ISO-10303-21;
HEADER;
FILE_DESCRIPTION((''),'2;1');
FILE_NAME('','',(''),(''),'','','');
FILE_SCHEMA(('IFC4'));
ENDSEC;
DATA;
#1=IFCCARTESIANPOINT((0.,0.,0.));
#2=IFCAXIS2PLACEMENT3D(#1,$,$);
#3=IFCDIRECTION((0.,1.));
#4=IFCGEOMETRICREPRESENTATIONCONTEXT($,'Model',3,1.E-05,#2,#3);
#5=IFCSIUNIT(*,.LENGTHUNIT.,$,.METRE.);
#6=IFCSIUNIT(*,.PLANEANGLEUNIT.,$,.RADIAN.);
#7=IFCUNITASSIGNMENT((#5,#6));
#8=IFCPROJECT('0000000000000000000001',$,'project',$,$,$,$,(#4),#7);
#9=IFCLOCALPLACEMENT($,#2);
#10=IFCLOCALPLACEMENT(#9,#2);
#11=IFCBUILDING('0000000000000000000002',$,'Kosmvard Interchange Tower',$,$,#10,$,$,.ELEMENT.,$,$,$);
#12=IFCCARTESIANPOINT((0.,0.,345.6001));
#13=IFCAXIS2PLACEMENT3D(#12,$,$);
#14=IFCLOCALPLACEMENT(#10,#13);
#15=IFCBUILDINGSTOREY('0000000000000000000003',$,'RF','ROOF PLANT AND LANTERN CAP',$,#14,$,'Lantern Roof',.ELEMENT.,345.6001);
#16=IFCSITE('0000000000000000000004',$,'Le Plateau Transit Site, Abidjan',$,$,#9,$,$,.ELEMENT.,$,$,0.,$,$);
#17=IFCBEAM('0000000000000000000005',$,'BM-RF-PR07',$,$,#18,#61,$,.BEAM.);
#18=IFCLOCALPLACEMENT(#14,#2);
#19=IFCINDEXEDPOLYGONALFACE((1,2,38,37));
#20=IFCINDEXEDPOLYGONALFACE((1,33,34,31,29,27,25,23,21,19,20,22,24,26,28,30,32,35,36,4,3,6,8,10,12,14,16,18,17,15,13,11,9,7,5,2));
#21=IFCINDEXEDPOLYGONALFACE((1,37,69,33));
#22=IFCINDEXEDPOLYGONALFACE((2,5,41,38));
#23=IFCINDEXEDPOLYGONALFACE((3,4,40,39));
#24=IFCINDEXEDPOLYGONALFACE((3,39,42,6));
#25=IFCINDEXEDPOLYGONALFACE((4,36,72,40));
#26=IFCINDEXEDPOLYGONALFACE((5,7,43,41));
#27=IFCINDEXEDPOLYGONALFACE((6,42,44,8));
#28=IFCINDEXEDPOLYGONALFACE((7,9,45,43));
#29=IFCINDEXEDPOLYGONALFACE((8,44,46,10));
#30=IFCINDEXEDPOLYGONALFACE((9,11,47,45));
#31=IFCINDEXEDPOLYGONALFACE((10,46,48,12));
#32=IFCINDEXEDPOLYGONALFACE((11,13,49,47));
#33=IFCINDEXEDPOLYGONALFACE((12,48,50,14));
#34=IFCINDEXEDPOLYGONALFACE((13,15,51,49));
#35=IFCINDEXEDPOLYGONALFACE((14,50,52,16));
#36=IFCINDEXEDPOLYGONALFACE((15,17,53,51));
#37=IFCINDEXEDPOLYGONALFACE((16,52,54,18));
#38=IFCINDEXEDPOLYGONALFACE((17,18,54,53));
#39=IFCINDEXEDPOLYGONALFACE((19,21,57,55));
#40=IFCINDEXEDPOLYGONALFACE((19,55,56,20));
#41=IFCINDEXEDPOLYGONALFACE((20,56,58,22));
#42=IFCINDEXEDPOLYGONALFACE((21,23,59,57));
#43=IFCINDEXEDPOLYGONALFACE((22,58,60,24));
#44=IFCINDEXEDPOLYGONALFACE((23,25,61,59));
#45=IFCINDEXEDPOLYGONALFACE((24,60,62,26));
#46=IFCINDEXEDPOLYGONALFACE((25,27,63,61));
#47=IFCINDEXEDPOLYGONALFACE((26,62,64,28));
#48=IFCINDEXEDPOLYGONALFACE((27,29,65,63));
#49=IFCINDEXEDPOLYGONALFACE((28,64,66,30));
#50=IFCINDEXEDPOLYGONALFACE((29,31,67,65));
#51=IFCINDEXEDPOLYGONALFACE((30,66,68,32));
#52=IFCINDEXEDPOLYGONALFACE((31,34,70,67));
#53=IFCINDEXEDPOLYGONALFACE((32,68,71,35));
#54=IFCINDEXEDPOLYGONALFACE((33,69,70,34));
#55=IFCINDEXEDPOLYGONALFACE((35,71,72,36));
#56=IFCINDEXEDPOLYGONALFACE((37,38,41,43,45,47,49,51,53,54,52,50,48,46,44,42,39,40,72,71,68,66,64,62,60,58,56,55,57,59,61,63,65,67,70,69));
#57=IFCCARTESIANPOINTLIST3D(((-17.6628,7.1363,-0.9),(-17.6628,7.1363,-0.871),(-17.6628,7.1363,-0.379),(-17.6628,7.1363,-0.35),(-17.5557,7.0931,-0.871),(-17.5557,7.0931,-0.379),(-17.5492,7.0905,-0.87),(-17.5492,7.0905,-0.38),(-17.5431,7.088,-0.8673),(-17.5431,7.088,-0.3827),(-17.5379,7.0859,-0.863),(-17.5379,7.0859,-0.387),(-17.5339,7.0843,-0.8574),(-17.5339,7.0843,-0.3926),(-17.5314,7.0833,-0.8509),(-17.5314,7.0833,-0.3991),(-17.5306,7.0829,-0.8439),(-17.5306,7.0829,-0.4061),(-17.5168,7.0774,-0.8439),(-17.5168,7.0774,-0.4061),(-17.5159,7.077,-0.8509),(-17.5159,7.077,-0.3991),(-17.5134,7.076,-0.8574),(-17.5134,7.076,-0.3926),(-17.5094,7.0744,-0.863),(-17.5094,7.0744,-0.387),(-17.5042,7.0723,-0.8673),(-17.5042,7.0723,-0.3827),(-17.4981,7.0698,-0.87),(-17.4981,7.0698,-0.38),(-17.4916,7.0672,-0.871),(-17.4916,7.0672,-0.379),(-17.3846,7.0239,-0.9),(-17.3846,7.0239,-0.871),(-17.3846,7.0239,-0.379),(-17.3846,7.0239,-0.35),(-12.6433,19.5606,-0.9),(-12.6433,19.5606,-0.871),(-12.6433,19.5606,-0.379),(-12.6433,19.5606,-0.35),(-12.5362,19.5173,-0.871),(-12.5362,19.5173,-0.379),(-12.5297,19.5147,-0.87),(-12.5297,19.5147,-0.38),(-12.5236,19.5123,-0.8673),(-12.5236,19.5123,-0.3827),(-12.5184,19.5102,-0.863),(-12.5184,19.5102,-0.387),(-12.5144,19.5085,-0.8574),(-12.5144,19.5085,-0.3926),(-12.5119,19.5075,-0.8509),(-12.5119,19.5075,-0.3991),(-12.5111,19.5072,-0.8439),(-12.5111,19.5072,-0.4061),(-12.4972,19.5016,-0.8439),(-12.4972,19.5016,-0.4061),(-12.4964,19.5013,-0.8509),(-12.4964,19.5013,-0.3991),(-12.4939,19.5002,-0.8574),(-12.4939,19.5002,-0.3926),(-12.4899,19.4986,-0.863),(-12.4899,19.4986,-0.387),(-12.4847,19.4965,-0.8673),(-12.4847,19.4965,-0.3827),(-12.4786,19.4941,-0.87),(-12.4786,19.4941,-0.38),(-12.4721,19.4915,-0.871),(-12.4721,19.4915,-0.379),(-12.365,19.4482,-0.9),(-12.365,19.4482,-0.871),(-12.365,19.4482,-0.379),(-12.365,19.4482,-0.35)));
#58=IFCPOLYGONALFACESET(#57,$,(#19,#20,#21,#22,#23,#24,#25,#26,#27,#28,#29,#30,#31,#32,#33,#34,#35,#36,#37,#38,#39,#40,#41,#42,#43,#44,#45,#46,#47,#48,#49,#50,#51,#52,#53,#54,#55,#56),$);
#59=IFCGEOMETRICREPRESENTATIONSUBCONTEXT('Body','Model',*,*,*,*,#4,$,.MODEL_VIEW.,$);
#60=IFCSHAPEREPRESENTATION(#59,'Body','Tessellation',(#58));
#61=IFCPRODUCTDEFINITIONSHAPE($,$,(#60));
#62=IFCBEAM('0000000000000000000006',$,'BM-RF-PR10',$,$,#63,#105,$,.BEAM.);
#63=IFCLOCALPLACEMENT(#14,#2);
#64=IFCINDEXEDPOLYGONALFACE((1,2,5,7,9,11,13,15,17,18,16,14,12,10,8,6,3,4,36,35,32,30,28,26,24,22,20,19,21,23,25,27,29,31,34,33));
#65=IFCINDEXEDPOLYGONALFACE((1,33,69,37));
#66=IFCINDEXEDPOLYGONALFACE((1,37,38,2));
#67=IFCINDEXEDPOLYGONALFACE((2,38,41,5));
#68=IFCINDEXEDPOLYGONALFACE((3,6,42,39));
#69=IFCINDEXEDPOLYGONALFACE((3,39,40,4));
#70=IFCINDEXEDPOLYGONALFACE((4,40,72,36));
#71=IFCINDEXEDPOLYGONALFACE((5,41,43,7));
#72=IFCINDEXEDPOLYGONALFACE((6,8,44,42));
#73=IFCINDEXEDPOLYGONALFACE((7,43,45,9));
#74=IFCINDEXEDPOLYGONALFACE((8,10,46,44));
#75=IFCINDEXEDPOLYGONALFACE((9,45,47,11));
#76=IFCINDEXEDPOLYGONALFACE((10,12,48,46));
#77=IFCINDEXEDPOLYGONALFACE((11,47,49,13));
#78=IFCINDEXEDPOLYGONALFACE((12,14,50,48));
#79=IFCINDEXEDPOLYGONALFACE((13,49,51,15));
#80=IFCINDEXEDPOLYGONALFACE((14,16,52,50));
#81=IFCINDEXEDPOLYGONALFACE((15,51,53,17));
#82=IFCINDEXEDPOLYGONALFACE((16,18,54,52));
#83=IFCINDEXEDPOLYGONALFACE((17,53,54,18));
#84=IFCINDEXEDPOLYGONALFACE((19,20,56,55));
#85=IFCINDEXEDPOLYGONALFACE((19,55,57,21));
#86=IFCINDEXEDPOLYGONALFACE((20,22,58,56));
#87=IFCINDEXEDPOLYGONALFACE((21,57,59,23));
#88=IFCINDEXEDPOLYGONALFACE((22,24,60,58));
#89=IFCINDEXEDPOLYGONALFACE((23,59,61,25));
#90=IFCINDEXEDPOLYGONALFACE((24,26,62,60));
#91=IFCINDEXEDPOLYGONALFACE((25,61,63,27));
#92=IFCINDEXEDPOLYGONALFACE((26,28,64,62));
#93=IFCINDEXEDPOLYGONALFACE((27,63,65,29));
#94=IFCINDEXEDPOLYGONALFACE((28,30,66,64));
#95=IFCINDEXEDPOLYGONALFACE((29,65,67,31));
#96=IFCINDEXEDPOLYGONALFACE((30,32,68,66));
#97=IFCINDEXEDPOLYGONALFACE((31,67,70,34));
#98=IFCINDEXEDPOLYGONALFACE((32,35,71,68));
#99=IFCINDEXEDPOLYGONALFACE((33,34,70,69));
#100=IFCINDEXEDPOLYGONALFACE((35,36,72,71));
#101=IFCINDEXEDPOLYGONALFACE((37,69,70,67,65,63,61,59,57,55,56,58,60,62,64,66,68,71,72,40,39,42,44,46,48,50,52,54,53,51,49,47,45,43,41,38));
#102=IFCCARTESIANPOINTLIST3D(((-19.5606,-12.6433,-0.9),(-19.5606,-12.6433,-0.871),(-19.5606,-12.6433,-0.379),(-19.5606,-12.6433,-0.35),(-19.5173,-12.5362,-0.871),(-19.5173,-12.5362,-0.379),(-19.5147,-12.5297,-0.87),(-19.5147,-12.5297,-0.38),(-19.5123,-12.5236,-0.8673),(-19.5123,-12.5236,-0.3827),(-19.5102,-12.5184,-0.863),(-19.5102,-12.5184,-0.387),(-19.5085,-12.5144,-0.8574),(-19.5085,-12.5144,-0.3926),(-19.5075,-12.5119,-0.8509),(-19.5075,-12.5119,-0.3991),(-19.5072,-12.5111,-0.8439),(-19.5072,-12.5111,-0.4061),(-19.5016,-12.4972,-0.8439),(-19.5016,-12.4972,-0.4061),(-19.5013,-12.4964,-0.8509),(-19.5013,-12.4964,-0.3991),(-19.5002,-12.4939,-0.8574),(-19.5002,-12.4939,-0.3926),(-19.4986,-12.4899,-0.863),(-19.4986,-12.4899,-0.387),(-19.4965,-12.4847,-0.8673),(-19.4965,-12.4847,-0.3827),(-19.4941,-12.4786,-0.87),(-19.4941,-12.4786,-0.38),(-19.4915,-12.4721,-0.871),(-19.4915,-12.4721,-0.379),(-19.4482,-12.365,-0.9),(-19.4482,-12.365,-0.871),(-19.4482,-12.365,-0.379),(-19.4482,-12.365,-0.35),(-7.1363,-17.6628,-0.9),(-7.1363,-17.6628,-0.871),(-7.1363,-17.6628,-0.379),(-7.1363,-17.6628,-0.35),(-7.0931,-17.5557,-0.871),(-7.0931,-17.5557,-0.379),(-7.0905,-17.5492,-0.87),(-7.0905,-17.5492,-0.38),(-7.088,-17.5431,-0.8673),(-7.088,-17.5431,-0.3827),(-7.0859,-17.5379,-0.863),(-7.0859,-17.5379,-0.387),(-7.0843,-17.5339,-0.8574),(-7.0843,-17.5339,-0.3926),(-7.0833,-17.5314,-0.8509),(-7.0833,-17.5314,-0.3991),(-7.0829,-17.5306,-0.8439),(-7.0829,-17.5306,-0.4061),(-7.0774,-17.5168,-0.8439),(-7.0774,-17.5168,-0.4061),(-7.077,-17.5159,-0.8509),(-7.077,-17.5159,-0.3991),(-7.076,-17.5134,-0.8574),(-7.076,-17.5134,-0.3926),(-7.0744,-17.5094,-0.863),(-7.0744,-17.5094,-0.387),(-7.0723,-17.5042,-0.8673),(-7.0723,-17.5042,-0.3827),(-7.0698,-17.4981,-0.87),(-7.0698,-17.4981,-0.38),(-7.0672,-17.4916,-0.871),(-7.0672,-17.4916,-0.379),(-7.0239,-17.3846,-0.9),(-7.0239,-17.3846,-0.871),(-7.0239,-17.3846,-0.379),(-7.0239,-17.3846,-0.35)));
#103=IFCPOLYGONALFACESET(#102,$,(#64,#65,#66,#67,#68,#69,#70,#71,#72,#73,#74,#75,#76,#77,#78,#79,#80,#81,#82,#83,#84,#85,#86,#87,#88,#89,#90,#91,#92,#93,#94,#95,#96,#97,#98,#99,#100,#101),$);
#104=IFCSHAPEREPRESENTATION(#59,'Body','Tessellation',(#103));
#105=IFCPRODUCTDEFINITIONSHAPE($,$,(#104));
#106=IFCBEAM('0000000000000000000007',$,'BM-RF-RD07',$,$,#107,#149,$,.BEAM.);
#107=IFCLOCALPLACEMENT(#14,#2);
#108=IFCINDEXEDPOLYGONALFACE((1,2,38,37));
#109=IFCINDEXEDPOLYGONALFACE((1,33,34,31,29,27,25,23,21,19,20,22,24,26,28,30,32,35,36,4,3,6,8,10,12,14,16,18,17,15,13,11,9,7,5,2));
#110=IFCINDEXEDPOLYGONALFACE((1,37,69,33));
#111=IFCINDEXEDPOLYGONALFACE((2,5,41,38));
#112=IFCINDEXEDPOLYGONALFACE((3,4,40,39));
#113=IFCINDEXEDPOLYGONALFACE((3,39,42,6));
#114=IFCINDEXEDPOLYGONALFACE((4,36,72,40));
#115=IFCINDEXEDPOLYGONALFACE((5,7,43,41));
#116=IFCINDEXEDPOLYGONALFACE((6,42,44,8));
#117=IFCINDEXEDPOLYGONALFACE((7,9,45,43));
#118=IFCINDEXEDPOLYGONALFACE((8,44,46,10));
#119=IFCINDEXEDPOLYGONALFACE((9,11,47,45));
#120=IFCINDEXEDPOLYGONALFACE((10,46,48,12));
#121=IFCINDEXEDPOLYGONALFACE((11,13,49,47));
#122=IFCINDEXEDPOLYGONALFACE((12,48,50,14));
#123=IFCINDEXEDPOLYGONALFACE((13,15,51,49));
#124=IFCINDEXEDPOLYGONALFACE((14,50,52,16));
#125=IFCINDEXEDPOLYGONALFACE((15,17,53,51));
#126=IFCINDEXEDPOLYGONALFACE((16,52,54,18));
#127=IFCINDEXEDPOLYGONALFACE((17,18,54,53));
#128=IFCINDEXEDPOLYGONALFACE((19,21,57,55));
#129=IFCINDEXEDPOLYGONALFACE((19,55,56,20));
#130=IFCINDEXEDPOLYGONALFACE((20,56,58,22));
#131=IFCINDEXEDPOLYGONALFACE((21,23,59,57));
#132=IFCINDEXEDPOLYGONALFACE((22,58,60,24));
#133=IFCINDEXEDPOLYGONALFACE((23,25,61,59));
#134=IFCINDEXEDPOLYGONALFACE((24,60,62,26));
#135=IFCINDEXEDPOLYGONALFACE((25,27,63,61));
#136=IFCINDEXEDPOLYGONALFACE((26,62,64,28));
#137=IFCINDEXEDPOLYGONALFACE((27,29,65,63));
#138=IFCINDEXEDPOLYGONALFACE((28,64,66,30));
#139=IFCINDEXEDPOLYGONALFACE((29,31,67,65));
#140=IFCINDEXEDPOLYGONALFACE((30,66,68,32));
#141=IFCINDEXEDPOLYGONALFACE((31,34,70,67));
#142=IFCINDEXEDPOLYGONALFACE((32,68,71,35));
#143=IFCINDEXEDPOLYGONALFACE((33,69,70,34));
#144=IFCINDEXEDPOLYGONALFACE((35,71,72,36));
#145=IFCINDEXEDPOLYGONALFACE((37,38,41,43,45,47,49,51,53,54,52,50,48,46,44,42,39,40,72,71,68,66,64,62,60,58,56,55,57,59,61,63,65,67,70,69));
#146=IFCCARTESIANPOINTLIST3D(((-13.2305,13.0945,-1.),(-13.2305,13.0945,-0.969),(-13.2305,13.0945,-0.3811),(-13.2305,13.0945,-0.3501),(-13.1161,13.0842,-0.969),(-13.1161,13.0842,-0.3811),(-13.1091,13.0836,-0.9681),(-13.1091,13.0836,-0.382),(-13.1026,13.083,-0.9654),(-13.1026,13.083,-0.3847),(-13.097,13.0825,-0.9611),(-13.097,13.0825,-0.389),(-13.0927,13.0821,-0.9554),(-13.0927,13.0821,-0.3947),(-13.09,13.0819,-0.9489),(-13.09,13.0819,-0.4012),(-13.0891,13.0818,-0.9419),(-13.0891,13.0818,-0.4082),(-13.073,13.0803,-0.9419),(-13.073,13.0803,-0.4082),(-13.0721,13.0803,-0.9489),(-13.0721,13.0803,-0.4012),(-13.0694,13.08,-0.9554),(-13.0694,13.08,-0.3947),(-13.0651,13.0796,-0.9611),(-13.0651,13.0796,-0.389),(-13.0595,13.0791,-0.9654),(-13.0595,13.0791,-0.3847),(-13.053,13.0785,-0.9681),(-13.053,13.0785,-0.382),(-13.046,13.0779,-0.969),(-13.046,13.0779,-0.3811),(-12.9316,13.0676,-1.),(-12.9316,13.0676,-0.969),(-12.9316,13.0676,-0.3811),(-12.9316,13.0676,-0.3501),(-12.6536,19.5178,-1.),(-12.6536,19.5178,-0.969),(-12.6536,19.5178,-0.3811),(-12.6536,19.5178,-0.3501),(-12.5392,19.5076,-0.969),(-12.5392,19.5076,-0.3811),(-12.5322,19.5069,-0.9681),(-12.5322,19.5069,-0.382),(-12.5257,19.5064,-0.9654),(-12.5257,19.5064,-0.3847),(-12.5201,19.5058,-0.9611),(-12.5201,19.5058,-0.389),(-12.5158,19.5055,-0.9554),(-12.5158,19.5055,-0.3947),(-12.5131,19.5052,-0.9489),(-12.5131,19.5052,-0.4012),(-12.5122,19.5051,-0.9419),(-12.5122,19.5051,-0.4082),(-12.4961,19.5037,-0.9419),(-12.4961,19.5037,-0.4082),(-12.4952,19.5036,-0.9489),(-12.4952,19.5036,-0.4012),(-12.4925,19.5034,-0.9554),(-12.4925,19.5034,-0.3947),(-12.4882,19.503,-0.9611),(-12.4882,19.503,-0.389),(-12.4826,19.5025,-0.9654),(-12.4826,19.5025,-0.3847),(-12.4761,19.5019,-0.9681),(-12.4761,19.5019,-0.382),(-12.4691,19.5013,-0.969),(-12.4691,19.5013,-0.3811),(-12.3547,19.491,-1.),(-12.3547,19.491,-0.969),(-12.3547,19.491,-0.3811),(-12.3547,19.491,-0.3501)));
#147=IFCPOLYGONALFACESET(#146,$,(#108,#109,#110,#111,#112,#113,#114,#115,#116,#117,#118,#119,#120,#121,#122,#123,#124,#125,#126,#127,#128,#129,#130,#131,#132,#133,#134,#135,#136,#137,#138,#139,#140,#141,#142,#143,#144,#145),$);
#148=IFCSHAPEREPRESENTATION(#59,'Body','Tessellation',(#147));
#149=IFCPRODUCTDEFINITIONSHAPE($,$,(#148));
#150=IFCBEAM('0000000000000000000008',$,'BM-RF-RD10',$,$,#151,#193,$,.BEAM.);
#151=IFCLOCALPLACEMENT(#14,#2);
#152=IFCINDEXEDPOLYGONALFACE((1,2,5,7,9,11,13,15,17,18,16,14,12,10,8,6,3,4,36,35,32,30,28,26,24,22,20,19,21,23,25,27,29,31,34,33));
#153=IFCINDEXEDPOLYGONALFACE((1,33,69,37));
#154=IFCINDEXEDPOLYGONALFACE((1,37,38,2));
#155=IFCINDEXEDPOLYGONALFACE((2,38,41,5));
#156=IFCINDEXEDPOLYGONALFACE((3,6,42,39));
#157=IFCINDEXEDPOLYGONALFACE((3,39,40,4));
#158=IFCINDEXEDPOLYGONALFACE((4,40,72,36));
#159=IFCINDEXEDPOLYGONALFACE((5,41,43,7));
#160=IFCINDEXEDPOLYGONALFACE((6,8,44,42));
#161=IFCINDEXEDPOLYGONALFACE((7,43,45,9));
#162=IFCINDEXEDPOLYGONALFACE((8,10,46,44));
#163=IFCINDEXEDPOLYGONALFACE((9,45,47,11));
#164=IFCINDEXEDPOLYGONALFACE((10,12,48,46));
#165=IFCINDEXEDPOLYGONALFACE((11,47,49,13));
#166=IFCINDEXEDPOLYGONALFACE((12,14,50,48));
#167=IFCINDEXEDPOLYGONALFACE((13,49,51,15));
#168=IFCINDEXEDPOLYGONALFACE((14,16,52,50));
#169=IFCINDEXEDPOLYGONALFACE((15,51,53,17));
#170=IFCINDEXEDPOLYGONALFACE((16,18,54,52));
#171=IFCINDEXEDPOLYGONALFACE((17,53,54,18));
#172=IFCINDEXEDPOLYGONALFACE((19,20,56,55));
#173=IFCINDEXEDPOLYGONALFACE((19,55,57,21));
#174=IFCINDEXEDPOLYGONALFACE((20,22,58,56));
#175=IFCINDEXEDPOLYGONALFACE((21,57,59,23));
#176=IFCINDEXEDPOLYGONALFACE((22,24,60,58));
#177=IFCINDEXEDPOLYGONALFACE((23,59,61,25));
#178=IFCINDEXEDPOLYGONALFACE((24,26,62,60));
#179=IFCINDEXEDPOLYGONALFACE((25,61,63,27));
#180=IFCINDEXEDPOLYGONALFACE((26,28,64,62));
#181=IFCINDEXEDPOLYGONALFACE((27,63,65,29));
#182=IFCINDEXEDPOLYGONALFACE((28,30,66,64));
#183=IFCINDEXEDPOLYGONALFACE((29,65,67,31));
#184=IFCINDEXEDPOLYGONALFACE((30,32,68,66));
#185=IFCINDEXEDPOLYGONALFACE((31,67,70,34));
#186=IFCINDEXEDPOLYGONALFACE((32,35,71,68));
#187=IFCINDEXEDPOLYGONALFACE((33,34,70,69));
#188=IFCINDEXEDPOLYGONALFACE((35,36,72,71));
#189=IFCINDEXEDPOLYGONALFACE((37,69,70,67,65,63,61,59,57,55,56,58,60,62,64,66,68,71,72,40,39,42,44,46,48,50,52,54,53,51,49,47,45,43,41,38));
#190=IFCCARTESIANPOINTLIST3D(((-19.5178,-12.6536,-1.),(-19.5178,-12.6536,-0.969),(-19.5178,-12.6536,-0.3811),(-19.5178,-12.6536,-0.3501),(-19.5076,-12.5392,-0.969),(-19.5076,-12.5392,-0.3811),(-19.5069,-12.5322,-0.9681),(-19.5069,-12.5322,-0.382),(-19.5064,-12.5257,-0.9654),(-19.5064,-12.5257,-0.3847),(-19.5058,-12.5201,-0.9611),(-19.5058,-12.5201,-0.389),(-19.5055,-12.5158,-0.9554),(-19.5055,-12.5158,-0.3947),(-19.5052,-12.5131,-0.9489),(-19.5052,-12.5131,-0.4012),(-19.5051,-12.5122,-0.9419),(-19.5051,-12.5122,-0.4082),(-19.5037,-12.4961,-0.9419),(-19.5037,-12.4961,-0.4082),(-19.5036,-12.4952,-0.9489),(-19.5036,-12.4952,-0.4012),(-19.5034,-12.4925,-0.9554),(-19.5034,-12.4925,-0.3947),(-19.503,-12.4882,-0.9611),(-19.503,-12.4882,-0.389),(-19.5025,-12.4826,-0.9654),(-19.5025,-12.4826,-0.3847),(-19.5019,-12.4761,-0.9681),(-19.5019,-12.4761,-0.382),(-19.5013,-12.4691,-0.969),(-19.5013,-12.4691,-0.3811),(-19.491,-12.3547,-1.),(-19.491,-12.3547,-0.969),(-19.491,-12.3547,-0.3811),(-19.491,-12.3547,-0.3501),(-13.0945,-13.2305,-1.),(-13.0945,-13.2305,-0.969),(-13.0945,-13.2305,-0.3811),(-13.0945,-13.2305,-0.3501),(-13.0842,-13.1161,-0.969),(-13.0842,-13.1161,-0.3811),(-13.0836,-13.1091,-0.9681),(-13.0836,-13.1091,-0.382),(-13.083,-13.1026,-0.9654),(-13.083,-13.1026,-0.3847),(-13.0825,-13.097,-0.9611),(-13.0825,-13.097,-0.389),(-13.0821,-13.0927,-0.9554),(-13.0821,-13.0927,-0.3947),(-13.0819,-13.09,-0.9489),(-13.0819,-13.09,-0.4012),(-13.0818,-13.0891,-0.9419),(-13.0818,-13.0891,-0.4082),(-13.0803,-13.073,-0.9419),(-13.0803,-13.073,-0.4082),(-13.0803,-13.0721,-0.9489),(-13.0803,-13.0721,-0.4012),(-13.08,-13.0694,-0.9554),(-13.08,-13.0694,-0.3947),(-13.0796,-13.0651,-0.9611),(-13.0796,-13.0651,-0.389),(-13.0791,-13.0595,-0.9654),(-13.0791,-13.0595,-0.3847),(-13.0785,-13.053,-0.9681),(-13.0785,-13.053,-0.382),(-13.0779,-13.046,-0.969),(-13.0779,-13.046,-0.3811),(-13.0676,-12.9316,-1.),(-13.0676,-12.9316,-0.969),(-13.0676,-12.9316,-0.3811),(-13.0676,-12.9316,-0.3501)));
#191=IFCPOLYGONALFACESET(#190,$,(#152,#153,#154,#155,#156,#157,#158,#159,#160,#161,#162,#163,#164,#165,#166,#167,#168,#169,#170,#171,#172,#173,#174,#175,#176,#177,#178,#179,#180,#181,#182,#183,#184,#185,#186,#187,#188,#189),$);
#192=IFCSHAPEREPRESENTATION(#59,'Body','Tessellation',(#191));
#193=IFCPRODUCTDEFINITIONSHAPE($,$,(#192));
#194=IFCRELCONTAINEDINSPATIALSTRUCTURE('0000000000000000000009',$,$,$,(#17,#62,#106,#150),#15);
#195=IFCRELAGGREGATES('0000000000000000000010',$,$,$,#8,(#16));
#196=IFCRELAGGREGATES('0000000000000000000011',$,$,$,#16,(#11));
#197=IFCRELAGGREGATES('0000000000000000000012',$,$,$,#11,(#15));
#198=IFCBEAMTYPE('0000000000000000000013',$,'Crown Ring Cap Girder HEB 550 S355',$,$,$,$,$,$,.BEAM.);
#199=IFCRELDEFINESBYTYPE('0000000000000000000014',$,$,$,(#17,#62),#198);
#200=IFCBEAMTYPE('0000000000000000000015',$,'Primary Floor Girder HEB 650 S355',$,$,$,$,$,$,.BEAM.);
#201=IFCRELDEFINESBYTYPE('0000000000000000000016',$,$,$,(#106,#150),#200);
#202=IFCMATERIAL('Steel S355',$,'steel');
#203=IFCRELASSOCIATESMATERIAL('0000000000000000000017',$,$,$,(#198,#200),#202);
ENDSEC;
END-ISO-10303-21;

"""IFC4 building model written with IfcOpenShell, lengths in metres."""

from ifc_helpers import new_model, si_unit, direction, frame, origin, origin_2d, place, context, subcontext, project, spatial, i_section, extrude, source, transform, mapped, material, material_profile, profile_set, type_object, element, save


model = new_model("IFC4")

# Units and contexts
model_context = context("Model", 3, precision=1e-05, world=origin(), true_north=direction((0.0, 1.0)))
body_context = subcontext(model_context, "Body", "Model", "MODEL_VIEW")
ifc_project = project(units=[si_unit("LENGTHUNIT", "METRE"), si_unit("PLANEANGLEUNIT", "RADIAN")], contexts=[model_context])

# Site, building, storey
site_placement = place(None, origin())
site = spatial("IfcSite", under=ifc_project, at=site_placement, Name="Le Plateau Transit Site, Abidjan", CompositionType="ELEMENT", RefElevation=0.0)
building_placement = place(site_placement, origin())
building = spatial("IfcBuilding", under=site, at=building_placement, Name="Kosmvard Interchange Tower", CompositionType="ELEMENT")
storey_placement = place(building_placement, frame((0.0, 0.0, 345.6001)))
storey = spatial("IfcBuildingStorey", under=building, at=storey_placement, Name="RF", Description="ROOF PLANT AND LANTERN CAP", LongName="Lantern Roof", CompositionType="ELEMENT", Elevation=345.6001)

# Beams
ifc_material_1 = material(Name="Steel S355", Category="steel")
ifc_material_profile_1 = material_profile(ifc_material_1, i_section(OverallWidth=0.3, OverallDepth=0.55, WebThickness=0.0149, FlangeThickness=0.0291, FilletRadius=0.0271, at=origin_2d()), Name="HEB 550")
ifc_profile_set_1 = profile_set([ifc_material_profile_1], Name="Steel S355")
beam_type_1 = type_object("IfcBeamType", Name="Crown Ring Cap Girder HEB 550 S355", PredefinedType="BEAM", material=ifc_profile_set_1)
shared_shape_1 = source(origin(), body_context, "Body", "SweptSolid", [
    extrude(i_section(OverallWidth=0.3, OverallDepth=0.55, WebThickness=0.0149, FlangeThickness=0.0291, FilletRadius=0.0271, at=origin_2d()), origin(), (0.0, 0.0, 1.0), 13.3999),
])
for number, where, z_axis, x_axis, name in (
    (1, (-12.5042, 19.5044, -0.625), (-0.374593, -0.92719, 0.0), (0.92719, -0.374593, 0.0), "BM-RF-PR07"),
    (2, (-19.5044, -12.5042, -0.625), (0.92719, -0.374593, 0.0), (0.374593, 0.92719, 0.0), "BM-RF-PR10"),
):
    element("IfcBeam", number, at=place(storey_placement, frame(where, z_axis=z_axis, x_axis=x_axis)), inside=storey, type_object=beam_type_1, Name=name, PredefinedType="BEAM", context=body_context, shape_type="MappedRepresentation", body=[
        mapped(shared_shape_1, transform((0.0, 0.0, 0.0), scale=1.0)),
    ])
ifc_material_profile_2 = material_profile(ifc_material_1, i_section(OverallWidth=0.3, OverallDepth=0.6499, WebThickness=0.0161, FlangeThickness=0.031, FilletRadius=0.0271, at=origin_2d()), Name="HEB 650")
ifc_profile_set_2 = profile_set([ifc_material_profile_2], Name="Steel S355")
beam_type_2 = type_object("IfcBeamType", Name="Primary Floor Girder HEB 650 S355", PredefinedType="BEAM", material=ifc_profile_set_2)
shared_shape_2 = source(origin(), body_context, "Body", "SweptSolid", [
    extrude(i_section(OverallWidth=0.3, OverallDepth=0.6499, WebThickness=0.0161, FlangeThickness=0.031, FilletRadius=0.0271, at=origin_2d()), origin(), (0.0, 0.0, 1.0), 6.4492),
])
for number, where, z_axis, x_axis, name in (
    (3, (-13.0811, 13.0811, -0.675), (0.089454, 0.995991, 0.0), (-0.995991, 0.089454, 0.0), "BM-RF-RD07"),
    (4, (-13.0811, -13.0811, -0.675), (-0.995991, 0.089454, 0.0), (-0.089454, -0.995991, 0.0), "BM-RF-RD10"),
):
    element("IfcBeam", number, at=place(storey_placement, frame(where, z_axis=z_axis, x_axis=x_axis)), inside=storey, type_object=beam_type_2, Name=name, PredefinedType="BEAM", context=body_context, shape_type="MappedRepresentation", body=[
        mapped(shared_shape_2, transform((0.0, 0.0, 0.0), scale=1.0)),
    ])

save(model, "model.ifc")
